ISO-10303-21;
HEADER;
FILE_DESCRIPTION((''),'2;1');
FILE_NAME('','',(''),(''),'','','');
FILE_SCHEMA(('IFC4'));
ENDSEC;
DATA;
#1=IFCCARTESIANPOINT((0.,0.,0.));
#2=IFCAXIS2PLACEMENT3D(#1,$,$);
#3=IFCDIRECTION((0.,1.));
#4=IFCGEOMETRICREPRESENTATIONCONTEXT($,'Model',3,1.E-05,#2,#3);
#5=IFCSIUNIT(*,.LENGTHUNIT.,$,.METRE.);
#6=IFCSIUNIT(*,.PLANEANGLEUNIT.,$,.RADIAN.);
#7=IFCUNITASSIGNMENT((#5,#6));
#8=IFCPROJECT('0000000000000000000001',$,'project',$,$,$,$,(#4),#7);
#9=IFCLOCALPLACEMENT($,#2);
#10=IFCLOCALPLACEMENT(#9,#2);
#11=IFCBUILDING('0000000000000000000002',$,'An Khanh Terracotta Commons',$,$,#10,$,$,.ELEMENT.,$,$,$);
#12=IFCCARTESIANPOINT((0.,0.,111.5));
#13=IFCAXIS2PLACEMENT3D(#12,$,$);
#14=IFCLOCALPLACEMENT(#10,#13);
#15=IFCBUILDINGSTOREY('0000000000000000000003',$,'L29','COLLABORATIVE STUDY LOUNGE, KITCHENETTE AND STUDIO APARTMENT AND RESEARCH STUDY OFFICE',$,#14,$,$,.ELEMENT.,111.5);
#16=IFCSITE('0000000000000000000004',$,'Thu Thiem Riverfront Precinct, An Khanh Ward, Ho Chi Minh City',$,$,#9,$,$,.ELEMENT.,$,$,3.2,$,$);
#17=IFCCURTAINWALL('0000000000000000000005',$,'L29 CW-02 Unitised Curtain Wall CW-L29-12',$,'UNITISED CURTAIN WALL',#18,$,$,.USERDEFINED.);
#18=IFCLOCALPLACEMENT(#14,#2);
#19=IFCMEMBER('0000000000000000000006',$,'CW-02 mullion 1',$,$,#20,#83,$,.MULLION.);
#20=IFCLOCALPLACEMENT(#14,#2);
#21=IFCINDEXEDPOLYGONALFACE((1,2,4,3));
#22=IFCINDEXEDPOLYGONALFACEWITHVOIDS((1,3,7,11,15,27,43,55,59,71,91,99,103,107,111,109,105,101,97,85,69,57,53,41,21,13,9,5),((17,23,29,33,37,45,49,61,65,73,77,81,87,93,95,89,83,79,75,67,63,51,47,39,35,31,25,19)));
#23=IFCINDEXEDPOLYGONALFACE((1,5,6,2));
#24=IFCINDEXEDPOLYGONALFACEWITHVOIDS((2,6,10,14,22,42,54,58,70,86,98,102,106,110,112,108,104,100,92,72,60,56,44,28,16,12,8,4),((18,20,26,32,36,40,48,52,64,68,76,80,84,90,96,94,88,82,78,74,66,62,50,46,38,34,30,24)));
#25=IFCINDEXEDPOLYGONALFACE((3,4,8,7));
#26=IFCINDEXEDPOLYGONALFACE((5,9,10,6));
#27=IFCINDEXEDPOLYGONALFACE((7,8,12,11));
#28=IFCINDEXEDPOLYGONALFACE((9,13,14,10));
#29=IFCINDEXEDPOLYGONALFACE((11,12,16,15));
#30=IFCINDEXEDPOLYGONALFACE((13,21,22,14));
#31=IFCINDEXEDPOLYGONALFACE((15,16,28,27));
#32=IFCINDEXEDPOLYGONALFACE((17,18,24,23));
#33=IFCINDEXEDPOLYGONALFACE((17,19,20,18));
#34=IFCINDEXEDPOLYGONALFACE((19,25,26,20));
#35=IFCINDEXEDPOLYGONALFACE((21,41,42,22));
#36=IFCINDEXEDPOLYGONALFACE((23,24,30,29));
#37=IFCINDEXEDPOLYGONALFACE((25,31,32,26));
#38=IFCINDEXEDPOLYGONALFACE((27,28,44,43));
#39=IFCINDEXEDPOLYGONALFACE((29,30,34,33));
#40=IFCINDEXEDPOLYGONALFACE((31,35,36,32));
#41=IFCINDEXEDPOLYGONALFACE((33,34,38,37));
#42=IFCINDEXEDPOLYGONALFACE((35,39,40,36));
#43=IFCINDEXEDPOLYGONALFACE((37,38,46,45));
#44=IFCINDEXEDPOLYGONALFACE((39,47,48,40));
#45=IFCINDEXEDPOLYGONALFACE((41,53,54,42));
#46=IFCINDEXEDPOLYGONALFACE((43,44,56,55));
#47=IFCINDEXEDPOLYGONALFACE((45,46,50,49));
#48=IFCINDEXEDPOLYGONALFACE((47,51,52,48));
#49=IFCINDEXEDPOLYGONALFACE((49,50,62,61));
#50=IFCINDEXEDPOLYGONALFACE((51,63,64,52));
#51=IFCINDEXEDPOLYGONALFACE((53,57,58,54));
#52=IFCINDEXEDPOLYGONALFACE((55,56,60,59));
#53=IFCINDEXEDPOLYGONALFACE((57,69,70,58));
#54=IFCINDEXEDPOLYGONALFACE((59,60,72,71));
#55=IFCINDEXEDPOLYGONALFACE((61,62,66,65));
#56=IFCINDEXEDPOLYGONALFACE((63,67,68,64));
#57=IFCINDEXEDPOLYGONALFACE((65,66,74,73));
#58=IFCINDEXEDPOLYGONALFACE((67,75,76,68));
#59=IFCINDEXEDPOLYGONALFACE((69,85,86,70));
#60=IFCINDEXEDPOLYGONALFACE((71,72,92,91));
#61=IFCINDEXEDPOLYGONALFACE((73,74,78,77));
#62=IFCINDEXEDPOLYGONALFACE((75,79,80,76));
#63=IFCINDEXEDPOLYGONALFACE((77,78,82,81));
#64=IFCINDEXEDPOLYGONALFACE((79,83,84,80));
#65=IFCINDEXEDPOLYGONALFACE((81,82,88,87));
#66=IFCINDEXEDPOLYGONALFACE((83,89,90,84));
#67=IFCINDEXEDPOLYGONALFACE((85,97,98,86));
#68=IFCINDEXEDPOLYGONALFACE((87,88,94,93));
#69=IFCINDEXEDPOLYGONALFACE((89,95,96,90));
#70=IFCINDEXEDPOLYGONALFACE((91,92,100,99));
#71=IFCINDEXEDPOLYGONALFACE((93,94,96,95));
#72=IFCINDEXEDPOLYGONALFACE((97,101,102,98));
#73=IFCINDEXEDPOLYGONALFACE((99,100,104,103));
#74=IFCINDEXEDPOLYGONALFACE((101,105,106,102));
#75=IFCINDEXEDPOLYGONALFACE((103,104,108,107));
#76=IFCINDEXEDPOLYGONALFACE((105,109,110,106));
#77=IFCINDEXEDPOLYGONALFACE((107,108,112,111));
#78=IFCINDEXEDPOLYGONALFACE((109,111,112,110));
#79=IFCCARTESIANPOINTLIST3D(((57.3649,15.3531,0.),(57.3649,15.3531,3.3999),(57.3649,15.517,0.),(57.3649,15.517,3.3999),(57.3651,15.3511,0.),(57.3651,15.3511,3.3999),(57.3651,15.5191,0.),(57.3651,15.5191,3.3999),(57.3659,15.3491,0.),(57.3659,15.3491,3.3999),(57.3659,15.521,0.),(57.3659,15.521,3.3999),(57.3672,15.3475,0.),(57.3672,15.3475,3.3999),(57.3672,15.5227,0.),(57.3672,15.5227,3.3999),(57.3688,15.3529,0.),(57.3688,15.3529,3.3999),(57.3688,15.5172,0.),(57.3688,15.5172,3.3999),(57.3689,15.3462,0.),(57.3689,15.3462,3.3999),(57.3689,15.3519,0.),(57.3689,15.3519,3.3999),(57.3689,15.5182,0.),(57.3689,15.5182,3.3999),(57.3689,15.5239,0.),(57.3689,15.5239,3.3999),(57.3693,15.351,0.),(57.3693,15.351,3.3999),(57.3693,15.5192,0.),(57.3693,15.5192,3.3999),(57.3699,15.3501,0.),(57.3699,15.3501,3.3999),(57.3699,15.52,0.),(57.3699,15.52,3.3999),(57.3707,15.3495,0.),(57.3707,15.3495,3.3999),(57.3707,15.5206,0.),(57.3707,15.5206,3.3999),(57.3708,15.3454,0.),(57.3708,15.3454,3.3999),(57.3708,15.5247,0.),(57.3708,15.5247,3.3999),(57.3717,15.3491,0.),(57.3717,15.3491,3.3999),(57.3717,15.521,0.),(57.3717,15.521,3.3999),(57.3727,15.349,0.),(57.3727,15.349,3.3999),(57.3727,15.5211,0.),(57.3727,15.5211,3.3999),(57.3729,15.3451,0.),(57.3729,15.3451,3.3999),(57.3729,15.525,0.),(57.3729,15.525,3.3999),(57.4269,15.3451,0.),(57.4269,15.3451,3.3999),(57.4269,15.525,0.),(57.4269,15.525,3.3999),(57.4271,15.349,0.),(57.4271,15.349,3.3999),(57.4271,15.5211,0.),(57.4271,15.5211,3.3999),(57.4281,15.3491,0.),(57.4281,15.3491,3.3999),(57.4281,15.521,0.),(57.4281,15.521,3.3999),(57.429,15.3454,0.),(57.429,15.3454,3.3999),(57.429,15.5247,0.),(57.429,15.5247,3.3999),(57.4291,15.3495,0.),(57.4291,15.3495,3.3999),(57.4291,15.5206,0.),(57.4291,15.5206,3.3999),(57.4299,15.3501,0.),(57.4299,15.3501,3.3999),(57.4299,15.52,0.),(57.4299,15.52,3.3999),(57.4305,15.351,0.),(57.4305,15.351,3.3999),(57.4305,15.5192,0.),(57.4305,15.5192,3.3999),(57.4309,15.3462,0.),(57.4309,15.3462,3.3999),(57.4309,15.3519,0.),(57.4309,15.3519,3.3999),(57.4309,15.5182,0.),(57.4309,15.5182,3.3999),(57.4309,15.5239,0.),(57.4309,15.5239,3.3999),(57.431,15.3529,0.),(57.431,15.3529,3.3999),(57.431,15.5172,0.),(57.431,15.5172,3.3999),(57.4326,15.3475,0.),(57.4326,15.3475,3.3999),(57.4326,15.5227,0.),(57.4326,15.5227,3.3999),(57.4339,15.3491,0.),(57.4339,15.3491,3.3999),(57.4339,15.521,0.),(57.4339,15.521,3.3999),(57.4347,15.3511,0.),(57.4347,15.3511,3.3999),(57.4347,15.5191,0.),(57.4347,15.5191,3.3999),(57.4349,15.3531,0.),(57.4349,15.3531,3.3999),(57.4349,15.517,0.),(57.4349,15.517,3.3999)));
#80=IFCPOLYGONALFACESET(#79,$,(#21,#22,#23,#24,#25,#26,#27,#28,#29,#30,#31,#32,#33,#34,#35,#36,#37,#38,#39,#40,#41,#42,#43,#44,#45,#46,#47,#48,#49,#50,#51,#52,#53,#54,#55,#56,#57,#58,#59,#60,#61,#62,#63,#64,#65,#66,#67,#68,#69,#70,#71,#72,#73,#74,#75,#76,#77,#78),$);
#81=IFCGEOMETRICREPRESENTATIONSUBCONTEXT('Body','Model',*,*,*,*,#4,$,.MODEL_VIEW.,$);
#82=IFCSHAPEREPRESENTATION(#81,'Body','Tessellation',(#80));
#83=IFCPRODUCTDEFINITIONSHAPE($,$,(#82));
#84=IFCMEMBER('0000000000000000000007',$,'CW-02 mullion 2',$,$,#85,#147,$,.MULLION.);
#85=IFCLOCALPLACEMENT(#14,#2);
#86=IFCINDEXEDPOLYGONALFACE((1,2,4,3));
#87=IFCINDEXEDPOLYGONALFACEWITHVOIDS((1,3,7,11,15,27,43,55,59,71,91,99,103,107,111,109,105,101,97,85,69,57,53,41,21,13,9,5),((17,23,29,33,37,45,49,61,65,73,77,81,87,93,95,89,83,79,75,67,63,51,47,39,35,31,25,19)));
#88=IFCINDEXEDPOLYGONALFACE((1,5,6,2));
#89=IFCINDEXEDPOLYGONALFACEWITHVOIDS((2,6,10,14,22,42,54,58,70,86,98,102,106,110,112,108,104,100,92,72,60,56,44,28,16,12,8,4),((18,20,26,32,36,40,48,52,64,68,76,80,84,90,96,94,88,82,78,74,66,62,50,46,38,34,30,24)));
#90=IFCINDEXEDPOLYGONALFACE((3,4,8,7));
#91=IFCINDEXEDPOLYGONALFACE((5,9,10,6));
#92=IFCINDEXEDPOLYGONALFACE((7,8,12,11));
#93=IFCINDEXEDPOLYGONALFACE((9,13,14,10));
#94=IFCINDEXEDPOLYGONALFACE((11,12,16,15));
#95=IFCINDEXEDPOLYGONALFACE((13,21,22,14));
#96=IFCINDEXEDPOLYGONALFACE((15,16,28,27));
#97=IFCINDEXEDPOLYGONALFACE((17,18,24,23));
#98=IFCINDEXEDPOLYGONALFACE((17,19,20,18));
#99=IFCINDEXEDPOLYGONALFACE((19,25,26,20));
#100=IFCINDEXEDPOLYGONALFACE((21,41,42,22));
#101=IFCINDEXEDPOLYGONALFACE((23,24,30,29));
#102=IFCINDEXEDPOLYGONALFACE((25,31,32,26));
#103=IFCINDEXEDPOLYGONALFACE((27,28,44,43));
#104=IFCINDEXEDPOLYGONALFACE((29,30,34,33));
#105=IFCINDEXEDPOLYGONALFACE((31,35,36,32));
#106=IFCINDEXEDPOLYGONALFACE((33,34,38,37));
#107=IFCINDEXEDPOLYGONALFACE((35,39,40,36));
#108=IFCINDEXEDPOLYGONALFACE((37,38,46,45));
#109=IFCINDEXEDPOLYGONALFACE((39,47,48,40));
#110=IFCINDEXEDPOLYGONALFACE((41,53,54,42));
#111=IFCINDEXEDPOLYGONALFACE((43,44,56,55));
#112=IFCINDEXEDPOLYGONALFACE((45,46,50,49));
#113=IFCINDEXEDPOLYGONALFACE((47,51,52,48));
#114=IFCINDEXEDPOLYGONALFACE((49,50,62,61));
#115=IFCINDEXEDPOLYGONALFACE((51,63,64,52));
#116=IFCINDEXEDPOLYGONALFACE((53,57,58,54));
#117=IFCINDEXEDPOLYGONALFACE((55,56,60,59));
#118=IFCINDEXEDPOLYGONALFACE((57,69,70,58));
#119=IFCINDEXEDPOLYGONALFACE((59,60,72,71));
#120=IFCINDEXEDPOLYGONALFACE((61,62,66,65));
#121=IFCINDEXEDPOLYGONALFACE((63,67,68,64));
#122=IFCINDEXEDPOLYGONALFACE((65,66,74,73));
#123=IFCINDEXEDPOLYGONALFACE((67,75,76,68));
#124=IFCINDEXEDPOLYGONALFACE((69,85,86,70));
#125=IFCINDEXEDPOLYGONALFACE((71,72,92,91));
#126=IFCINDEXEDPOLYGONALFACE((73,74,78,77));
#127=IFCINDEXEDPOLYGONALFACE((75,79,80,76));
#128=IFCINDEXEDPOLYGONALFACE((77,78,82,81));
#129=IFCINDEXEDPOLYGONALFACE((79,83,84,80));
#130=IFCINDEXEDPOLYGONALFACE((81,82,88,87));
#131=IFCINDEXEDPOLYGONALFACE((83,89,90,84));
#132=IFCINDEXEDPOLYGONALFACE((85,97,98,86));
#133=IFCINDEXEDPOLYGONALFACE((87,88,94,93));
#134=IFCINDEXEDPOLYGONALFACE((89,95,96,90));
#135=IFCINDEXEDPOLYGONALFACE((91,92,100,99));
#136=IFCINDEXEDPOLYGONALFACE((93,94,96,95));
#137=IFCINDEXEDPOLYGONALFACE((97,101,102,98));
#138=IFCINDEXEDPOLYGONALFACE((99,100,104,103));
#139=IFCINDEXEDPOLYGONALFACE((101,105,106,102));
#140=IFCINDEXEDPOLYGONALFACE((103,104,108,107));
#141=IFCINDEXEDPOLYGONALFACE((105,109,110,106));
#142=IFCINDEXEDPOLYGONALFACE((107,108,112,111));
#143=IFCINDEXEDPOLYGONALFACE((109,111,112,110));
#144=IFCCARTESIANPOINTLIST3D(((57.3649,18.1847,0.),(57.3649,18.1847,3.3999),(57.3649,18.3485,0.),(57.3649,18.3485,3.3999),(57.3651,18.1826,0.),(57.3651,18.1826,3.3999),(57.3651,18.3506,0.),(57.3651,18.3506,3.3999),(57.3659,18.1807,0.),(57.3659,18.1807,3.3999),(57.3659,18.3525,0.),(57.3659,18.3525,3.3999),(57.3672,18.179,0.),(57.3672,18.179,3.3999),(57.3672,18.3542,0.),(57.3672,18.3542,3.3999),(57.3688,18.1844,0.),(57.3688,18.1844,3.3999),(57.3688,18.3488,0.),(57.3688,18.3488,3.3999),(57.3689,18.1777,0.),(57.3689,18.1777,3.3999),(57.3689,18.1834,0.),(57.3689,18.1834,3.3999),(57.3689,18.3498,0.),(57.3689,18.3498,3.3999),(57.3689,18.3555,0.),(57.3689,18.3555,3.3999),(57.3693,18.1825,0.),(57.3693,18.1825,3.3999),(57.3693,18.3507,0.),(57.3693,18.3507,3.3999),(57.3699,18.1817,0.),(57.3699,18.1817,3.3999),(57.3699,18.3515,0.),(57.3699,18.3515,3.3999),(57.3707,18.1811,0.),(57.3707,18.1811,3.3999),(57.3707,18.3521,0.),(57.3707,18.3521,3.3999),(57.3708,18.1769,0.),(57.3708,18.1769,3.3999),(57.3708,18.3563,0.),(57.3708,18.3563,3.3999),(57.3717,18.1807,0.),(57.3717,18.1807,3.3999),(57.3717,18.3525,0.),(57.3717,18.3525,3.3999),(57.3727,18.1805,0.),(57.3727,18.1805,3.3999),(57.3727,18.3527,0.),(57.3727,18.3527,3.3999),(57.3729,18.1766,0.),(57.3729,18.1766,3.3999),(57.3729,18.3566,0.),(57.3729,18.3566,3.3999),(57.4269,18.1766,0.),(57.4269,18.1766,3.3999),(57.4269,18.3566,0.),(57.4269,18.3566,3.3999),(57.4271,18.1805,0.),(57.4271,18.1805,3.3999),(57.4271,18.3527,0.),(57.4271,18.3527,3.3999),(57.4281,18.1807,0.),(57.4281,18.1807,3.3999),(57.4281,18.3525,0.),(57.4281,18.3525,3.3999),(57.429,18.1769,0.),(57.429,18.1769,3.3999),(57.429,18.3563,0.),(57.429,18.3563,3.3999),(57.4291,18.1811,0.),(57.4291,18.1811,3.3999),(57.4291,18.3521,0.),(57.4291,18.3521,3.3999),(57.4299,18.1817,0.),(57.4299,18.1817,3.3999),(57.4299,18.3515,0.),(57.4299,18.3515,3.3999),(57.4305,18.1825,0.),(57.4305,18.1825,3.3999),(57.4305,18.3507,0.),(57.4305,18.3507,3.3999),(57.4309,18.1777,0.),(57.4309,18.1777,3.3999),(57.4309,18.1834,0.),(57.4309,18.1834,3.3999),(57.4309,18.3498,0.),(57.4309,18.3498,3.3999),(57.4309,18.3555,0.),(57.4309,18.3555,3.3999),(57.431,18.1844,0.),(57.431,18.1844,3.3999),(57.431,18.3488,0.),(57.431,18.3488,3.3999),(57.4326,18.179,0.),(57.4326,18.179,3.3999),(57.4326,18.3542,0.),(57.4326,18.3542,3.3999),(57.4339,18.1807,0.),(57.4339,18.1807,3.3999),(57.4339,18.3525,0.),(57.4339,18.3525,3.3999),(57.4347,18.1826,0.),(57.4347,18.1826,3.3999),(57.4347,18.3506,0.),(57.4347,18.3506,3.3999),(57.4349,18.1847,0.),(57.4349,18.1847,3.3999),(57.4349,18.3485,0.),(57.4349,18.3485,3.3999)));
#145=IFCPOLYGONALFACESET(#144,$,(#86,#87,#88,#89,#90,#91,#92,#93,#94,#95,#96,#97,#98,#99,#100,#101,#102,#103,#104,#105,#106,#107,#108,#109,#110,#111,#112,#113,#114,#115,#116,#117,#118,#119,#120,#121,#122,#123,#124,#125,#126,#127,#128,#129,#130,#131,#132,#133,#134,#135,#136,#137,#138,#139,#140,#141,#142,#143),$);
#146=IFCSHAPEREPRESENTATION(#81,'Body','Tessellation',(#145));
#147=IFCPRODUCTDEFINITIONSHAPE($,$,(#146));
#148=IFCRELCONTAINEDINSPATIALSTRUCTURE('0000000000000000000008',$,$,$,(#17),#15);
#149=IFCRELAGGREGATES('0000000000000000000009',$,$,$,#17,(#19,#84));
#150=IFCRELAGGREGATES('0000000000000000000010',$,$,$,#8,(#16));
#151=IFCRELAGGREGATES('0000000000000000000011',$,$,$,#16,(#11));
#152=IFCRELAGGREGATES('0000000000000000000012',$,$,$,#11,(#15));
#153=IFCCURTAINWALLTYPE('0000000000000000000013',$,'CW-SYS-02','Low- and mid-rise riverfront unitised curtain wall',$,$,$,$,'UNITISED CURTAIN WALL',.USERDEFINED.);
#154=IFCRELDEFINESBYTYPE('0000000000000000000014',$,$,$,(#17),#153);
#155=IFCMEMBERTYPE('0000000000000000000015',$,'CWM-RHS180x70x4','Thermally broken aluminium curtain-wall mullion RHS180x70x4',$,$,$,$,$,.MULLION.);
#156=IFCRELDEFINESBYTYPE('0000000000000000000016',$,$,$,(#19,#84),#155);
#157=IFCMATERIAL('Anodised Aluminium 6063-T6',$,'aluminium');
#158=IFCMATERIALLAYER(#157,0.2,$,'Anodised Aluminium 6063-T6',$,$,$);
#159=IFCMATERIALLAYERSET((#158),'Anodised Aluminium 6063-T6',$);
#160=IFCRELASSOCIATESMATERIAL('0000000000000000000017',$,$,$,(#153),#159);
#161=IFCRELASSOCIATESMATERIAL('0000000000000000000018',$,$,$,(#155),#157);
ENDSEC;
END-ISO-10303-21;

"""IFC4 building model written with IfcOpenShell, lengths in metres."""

from ifc_helpers import new_model, si_unit, direction, frame, origin, origin_2d, place, context, subcontext, project, spatial, hollow_rectangle, extrude, material, layer, layer_set, material_profile, profile_set, type_object, element, aggregate, save


model = new_model("IFC4")

# Units and contexts
model_context = context("Model", 3, precision=1e-05, world=origin(), true_north=direction((0.0, 1.0)))
body_context = subcontext(model_context, "Body", "Model", "MODEL_VIEW")
ifc_project = project(units=[si_unit("LENGTHUNIT", "METRE"), si_unit("PLANEANGLEUNIT", "RADIAN")], contexts=[model_context])

# Site, building, storey
site_placement = place(None, origin())
site = spatial("IfcSite", under=ifc_project, at=site_placement, Name="Thu Thiem Riverfront Precinct, An Khanh Ward, Ho Chi Minh City", CompositionType="ELEMENT", RefElevation=3.2)
building_placement = place(site_placement, origin())
building = spatial("IfcBuilding", under=site, at=building_placement, Name="An Khanh Terracotta Commons", CompositionType="ELEMENT")
storey_placement = place(building_placement, frame((0.0, 0.0, 111.5)))
storey = spatial("IfcBuildingStorey", under=building, at=storey_placement, Name="L29", Description="COLLABORATIVE STUDY LOUNGE, KITCHENETTE AND STUDIO APARTMENT AND RESEARCH STUDY OFFICE", CompositionType="ELEMENT", Elevation=111.5)

# Curtain wall, members
ifc_material_1 = material(Name="Anodised Aluminium 6063-T6", Category="aluminium")
ifc_layer_1 = layer(ifc_material_1, 0.2, Name="Anodised Aluminium 6063-T6")
ifc_layer_set_1 = layer_set([ifc_layer_1], Name="Anodised Aluminium 6063-T6")
curtain_wall_type = type_object("IfcCurtainWallType", Name="CW-SYS-02", Description="Low- and mid-rise riverfront unitised curtain wall", ElementType="UNITISED CURTAIN WALL", PredefinedType="USERDEFINED", material=ifc_layer_set_1)
ifc_material_profile_1 = material_profile(ifc_material_1, hollow_rectangle(XDim=0.0701, YDim=0.1799, WallThickness=0.0039, InnerFilletRadius=0.0039, OuterFilletRadius=0.0081, at=origin_2d()), Name="RHS180x70x4")
ifc_profile_set_1 = profile_set([ifc_material_profile_1], Name="Anodised Aluminium 6063-T6")
member_type_1 = type_object("IfcMemberType", Name="CWM-RHS180x70x4", Description="Thermally broken aluminium curtain-wall mullion RHS180x70x4", PredefinedType="MULLION", material=ifc_profile_set_1)
curtain_wall_1_placement = place(storey_placement, origin())
curtain_wall_1 = element("IfcCurtainWall", 1, at=curtain_wall_1_placement, inside=storey, type_object=curtain_wall_type, Name="L29 CW-02 Unitised Curtain Wall CW-L29-12", ObjectType="UNITISED CURTAIN WALL", PredefinedType="USERDEFINED")
member_1_placement = place(storey_placement, frame((57.3999, 15.4351, 0.0), z_axis=(0.0, 0.0, 1.0), x_axis=(-1.0, 0.0, 0.0)))
member_1 = element("IfcMember", 2, at=member_1_placement, type_object=member_type_1, Name="CW-02 mullion 1", PredefinedType="MULLION", context=body_context, shape_type="SweptSolid", body=[
    extrude(hollow_rectangle(XDim=0.0701, YDim=0.1799, WallThickness=0.0039, InnerFilletRadius=0.0039, OuterFilletRadius=0.0081, at=origin_2d()), origin(), (0.0, 0.0, 1.0), 3.3999),
])
member_2_placement = place(storey_placement, frame((57.3999, 18.2666, 0.0), z_axis=(0.0, 0.0, 1.0), x_axis=(-1.0, 0.0, 0.0)))
member_2 = element("IfcMember", 3, at=member_2_placement, type_object=member_type_1, Name="CW-02 mullion 2", PredefinedType="MULLION", context=body_context, shape_type="SweptSolid", body=[
    extrude(hollow_rectangle(XDim=0.0701, YDim=0.1799, WallThickness=0.0039, InnerFilletRadius=0.0039, OuterFilletRadius=0.0081, at=origin_2d()), origin(), (0.0, 0.0, 1.0), 3.3999),
])

aggregate(curtain_wall_1, [member_1, member_2])

save(model, "model.ifc")
